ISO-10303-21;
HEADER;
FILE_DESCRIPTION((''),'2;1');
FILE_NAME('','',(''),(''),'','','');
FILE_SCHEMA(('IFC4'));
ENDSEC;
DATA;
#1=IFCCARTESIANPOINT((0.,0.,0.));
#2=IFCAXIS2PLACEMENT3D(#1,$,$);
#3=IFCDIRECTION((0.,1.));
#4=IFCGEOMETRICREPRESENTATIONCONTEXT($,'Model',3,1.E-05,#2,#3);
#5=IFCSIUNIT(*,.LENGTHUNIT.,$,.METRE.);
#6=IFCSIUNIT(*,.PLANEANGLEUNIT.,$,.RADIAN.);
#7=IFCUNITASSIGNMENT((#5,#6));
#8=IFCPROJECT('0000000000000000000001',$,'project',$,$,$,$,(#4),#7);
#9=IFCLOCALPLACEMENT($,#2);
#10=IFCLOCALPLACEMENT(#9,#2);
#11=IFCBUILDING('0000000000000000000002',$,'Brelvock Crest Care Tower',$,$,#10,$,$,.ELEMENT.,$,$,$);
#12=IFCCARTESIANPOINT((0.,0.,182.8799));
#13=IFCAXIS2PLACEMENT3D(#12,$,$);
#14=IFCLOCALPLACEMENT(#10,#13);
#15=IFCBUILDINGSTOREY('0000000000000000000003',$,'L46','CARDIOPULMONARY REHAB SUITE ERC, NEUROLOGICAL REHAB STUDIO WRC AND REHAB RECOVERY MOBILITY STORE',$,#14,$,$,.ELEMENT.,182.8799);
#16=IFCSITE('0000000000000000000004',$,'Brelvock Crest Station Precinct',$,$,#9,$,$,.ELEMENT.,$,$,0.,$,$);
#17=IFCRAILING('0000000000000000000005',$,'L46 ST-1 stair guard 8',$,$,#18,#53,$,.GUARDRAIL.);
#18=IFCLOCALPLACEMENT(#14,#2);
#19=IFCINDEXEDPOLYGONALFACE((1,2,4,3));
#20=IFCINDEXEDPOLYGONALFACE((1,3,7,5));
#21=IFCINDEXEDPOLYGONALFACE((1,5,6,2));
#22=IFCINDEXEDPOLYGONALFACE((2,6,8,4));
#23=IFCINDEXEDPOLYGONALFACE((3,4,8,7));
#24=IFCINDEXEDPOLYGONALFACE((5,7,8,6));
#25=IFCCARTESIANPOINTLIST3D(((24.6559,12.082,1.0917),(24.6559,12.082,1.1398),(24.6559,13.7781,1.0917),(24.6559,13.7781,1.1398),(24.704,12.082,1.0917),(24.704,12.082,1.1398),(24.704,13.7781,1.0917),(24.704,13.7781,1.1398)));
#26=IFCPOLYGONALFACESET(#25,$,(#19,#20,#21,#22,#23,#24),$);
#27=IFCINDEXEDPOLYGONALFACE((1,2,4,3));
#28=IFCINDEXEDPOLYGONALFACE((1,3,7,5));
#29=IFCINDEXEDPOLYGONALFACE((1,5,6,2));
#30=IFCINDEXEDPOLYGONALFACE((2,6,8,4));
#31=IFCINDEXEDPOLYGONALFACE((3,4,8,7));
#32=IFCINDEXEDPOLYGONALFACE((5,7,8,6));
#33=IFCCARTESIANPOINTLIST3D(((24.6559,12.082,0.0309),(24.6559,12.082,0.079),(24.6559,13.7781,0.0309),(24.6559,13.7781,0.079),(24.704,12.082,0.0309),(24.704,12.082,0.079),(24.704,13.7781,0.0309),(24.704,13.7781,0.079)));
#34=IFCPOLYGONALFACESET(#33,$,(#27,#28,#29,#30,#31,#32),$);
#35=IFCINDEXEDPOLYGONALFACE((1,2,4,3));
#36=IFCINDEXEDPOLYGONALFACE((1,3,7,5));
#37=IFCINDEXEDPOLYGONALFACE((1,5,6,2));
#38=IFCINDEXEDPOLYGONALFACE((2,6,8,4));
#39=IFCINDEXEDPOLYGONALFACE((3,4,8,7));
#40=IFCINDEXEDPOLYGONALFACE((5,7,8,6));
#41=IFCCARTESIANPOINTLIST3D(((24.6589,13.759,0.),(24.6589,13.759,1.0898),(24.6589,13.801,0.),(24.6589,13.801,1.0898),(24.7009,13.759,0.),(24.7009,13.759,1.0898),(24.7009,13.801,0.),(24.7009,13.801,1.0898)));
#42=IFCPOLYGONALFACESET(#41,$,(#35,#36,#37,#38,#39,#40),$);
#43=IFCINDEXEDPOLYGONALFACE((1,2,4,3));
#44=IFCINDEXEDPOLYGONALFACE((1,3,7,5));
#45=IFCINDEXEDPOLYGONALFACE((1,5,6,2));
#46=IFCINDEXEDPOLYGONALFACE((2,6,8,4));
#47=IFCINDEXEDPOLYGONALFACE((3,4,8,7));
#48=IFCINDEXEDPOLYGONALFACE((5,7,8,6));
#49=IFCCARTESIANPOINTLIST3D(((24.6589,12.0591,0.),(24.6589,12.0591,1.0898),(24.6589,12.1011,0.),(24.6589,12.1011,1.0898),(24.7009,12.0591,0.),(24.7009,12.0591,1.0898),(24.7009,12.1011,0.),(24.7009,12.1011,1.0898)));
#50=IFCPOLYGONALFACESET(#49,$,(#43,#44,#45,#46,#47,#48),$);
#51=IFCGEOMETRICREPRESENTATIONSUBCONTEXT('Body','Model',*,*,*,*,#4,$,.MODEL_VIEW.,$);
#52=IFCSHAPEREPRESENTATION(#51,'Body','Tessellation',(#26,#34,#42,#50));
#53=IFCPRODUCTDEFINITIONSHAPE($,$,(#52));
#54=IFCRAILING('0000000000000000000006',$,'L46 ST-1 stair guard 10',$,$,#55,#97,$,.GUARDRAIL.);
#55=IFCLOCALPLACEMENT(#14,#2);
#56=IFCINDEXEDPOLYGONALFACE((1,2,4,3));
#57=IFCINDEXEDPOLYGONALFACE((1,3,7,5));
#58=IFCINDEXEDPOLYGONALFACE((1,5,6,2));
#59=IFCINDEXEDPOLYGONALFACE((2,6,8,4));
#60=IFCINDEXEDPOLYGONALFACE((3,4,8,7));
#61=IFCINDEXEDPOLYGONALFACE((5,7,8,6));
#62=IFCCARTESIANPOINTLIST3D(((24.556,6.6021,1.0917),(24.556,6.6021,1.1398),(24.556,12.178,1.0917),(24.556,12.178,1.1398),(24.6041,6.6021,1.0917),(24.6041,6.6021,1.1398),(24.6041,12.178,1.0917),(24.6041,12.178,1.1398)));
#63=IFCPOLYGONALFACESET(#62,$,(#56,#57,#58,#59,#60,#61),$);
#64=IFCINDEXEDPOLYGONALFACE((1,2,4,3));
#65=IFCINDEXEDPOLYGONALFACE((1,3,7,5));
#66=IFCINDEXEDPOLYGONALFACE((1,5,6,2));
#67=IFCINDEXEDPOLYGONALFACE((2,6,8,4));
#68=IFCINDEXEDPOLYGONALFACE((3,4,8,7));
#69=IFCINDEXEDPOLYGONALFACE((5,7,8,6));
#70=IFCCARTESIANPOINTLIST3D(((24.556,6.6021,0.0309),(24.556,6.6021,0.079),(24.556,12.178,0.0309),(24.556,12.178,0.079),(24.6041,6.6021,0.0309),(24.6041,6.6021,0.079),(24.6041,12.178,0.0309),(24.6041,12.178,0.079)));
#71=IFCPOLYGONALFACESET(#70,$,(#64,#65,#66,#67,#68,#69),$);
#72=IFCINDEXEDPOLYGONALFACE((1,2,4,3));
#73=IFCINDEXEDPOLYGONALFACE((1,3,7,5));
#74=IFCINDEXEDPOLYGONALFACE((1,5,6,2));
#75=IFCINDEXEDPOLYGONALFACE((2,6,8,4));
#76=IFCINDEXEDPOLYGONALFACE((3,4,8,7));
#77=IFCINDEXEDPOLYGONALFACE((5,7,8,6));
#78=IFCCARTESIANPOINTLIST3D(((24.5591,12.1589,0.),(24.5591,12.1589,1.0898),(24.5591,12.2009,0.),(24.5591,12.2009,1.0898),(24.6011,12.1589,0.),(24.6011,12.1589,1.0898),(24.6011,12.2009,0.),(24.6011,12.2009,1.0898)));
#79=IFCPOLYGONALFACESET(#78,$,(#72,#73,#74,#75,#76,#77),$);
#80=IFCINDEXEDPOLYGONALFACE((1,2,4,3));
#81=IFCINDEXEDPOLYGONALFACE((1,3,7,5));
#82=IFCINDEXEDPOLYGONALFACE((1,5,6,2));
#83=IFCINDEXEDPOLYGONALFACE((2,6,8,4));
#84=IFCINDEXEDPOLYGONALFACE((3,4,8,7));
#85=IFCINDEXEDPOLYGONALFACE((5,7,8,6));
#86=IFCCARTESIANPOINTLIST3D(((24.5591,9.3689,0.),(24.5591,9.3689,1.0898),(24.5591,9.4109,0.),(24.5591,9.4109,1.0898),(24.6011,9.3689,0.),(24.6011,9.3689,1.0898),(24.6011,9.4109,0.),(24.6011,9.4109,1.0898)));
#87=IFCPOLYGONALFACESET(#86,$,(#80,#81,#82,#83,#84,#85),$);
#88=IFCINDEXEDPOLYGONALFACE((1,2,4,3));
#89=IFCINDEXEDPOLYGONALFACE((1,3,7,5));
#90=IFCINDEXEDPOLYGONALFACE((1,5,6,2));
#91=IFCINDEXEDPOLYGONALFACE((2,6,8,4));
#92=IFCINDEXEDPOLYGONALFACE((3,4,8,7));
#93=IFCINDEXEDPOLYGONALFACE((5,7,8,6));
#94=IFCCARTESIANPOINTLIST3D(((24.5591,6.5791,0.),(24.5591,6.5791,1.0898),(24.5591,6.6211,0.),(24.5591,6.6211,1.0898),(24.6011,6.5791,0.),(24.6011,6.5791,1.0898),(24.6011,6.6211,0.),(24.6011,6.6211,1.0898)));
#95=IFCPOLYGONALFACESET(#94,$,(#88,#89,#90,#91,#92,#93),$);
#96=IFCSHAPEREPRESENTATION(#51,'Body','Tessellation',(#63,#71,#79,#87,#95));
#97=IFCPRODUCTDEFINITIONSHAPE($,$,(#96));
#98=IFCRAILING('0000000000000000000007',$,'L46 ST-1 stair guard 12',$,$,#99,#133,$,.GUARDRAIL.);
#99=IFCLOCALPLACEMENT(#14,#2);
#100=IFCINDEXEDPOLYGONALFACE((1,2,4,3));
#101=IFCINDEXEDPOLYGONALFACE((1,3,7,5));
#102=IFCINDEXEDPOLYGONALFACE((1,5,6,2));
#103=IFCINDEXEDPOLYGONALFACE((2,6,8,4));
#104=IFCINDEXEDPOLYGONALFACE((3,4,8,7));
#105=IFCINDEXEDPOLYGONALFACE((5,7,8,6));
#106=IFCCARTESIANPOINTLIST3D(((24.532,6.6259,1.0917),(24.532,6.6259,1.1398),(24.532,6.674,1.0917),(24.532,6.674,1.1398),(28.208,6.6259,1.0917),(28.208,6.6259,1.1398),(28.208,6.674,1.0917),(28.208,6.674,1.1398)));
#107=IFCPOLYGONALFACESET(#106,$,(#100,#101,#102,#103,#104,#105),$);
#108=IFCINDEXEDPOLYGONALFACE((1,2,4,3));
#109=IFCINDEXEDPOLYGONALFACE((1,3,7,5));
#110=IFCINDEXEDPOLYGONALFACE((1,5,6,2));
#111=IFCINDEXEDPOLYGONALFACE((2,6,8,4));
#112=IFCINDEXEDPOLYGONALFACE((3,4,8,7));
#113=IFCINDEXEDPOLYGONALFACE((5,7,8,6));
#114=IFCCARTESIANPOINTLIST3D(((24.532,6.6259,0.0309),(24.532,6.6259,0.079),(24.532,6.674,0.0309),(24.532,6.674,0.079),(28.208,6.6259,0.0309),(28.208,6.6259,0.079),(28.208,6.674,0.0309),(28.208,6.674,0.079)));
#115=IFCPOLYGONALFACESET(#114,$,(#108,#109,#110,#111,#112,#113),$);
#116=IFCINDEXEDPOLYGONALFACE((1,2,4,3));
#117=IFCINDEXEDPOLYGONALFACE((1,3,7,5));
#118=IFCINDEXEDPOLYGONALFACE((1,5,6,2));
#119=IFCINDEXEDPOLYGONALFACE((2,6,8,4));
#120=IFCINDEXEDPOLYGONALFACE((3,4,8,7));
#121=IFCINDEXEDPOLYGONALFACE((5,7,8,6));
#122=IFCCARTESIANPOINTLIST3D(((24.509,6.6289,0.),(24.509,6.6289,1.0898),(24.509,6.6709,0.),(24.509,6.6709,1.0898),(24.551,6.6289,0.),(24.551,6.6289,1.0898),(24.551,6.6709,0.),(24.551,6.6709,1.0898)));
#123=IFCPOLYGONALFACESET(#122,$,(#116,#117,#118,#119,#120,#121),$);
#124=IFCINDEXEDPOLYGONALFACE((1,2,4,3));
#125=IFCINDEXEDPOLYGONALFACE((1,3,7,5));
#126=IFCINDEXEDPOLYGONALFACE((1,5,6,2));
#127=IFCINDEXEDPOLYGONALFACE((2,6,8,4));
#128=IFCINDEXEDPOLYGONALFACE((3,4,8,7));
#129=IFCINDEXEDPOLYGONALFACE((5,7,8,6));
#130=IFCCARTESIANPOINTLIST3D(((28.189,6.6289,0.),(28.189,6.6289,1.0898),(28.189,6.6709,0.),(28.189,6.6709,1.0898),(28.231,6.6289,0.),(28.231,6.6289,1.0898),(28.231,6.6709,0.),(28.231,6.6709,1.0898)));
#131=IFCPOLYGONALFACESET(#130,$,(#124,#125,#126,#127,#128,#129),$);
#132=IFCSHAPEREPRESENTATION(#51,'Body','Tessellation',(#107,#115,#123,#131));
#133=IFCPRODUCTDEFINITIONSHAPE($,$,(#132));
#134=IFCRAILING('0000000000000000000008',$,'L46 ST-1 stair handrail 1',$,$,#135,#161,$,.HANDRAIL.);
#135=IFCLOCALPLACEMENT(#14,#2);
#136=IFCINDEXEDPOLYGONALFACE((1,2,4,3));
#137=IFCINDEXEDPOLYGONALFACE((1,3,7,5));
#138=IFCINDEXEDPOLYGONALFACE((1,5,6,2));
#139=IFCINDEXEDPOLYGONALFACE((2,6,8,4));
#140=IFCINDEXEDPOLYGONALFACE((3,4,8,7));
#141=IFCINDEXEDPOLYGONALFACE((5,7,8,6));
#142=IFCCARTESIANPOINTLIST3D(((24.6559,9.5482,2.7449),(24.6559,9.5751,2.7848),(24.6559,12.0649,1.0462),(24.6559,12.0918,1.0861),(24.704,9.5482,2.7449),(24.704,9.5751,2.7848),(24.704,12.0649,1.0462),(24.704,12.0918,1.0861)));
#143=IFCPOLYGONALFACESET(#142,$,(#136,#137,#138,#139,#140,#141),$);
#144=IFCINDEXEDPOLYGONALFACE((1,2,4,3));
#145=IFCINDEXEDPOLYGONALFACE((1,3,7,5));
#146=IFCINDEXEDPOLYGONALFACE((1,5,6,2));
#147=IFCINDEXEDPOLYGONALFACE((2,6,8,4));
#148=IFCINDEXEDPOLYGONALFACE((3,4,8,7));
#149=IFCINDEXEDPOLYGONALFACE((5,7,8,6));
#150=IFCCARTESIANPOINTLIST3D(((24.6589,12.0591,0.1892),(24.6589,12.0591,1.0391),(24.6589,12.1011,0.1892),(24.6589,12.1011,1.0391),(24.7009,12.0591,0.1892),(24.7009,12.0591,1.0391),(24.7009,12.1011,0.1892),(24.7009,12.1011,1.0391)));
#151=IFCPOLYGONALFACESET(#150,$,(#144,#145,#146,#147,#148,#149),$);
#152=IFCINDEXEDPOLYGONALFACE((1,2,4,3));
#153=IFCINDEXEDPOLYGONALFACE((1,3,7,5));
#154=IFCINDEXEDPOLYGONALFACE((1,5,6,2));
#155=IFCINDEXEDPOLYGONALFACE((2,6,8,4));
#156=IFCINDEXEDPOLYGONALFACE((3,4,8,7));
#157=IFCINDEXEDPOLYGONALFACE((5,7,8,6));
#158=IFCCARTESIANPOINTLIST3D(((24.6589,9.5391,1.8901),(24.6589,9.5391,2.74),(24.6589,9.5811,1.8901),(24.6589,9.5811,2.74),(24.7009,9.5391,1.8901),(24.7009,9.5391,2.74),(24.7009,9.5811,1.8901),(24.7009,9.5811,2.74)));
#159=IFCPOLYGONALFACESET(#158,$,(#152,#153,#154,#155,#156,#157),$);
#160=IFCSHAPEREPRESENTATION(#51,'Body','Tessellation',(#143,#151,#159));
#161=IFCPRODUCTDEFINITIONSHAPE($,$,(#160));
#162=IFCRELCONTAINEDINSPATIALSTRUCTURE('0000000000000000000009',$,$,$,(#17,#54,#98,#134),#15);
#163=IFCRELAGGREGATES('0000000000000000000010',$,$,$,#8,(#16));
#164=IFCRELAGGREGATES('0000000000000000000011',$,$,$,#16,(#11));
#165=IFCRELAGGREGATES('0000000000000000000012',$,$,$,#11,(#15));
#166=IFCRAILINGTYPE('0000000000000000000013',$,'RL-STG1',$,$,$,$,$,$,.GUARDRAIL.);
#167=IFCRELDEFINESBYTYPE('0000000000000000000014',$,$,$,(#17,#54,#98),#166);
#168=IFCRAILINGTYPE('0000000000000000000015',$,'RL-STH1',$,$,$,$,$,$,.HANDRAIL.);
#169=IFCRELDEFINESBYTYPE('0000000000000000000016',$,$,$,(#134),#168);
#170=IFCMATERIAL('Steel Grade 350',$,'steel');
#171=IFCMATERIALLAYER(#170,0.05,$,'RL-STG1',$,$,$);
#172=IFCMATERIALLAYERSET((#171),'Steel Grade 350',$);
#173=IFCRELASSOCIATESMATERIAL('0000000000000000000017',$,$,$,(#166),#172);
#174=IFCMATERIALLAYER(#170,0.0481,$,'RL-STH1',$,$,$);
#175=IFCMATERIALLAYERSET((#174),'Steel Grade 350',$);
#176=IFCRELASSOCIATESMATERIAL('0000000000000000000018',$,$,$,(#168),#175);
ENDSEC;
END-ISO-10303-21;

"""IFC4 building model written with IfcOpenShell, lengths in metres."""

from ifc_helpers import new_model, si_unit, direction, frame, origin, origin_2d, place, context, subcontext, project, spatial, rectangle, extrude, material, layer, layer_set, type_object, element, save


model = new_model("IFC4")

# Units and contexts
model_context = context("Model", 3, precision=1e-05, world=origin(), true_north=direction((0.0, 1.0)))
body_context = subcontext(model_context, "Body", "Model", "MODEL_VIEW")
ifc_project = project(units=[si_unit("LENGTHUNIT", "METRE"), si_unit("PLANEANGLEUNIT", "RADIAN")], contexts=[model_context])

# Site, building, storey
site_placement = place(None, origin())
site = spatial("IfcSite", under=ifc_project, at=site_placement, Name="Brelvock Crest Station Precinct", CompositionType="ELEMENT", RefElevation=0.0)
building_placement = place(site_placement, origin())
building = spatial("IfcBuilding", under=site, at=building_placement, Name="Brelvock Crest Care Tower", CompositionType="ELEMENT")
storey_placement = place(building_placement, frame((0.0, 0.0, 182.8799)))
storey = spatial("IfcBuildingStorey", under=building, at=storey_placement, Name="L46", Description="CARDIOPULMONARY REHAB SUITE ERC, NEUROLOGICAL REHAB STUDIO WRC AND REHAB RECOVERY MOBILITY STORE", CompositionType="ELEMENT", Elevation=182.8799)

# Shared definitions
ifc_material_1 = material(Name="Steel Grade 350", Category="steel")

# Railings
ifc_layer_1 = layer(ifc_material_1, 0.05, Name="RL-STG1")
ifc_layer_set_1 = layer_set([ifc_layer_1], Name="Steel Grade 350")
railing_type_1 = type_object("IfcRailingType", Name="RL-STG1", PredefinedType="GUARDRAIL", material=ifc_layer_set_1)
railing_1_placement = place(storey_placement, frame((24.6799, 13.78, 0.0)))
element("IfcRailing", 1, at=railing_1_placement, inside=storey, type_object=railing_type_1, Name="L46 ST-1 stair guard 8", PredefinedType="GUARDRAIL", context=body_context, shape_type="SweptSolid", body=[
    extrude(rectangle(XDim=0.0481, YDim=0.0481, at=origin_2d()), frame((0.0, -0.002, 1.1157), z_axis=(0.0, -1.0, 0.0), x_axis=(1.0, 0.0, 0.0)), (0.0, 0.0, 1.0), 1.696),
    extrude(rectangle(XDim=0.0481, YDim=0.0481, at=origin_2d()), frame((0.0, -0.002, 0.0549), z_axis=(0.0, -1.0, 0.0), x_axis=(1.0, 0.0, 0.0)), (0.0, 0.0, 1.0), 1.696),
    extrude(rectangle(XDim=0.042, YDim=0.042, at=origin_2d()), origin(), (0.0, 0.0, 1.0), 1.0898),
    extrude(rectangle(XDim=0.042, YDim=0.042, at=origin_2d()), frame((0.0, -1.7, 0.0)), (0.0, 0.0, 1.0), 1.0898),
])
railing_2_placement = place(storey_placement, frame((24.5801, 12.1799, 0.0)))
element("IfcRailing", 2, at=railing_2_placement, inside=storey, type_object=railing_type_1, Name="L46 ST-1 stair guard 10", PredefinedType="GUARDRAIL", context=body_context, shape_type="SweptSolid", body=[
    extrude(rectangle(XDim=0.0481, YDim=0.0481, at=origin_2d()), frame((0.0, -0.002, 1.1157), z_axis=(0.0, -1.0, 0.0), x_axis=(1.0, 0.0, 0.0)), (0.0, 0.0, 1.0), 5.5759),
    extrude(rectangle(XDim=0.0481, YDim=0.0481, at=origin_2d()), frame((0.0, -0.002, 0.0549), z_axis=(0.0, -1.0, 0.0), x_axis=(1.0, 0.0, 0.0)), (0.0, 0.0, 1.0), 5.5759),
    extrude(rectangle(XDim=0.042, YDim=0.042, at=origin_2d()), origin(), (0.0, 0.0, 1.0), 1.0898),
    extrude(rectangle(XDim=0.042, YDim=0.042, at=origin_2d()), frame((0.0, -2.79, 0.0)), (0.0, 0.0, 1.0), 1.0898),
    extrude(rectangle(XDim=0.042, YDim=0.042, at=origin_2d()), frame((0.0, -5.5798, 0.0)), (0.0, 0.0, 1.0), 1.0898),
])
railing_3_placement = place(storey_placement, frame((24.53, 6.6499, 0.0)))
element("IfcRailing", 3, at=railing_3_placement, inside=storey, type_object=railing_type_1, Name="L46 ST-1 stair guard 12", PredefinedType="GUARDRAIL", context=body_context, shape_type="SweptSolid", body=[
    extrude(rectangle(XDim=0.0481, YDim=0.0481, at=origin_2d()), frame((0.002, 0.0, 1.1157), z_axis=(1.0, 0.0, 0.0), x_axis=(0.0, 1.0, 0.0)), (0.0, 0.0, 1.0), 3.676),
    extrude(rectangle(XDim=0.0481, YDim=0.0481, at=origin_2d()), frame((0.002, 0.0, 0.0549), z_axis=(1.0, 0.0, 0.0), x_axis=(0.0, 1.0, 0.0)), (0.0, 0.0, 1.0), 3.676),
    extrude(rectangle(XDim=0.042, YDim=0.042, at=origin_2d()), origin(), (0.0, 0.0, 1.0), 1.0898),
    extrude(rectangle(XDim=0.042, YDim=0.042, at=origin_2d()), frame((3.6799, 0.0, 0.0)), (0.0, 0.0, 1.0), 1.0898),
])
ifc_layer_2 = layer(ifc_material_1, 0.0481, Name="RL-STH1")
ifc_layer_set_2 = layer_set([ifc_layer_2], Name="Steel Grade 350")
railing_type_2 = type_object("IfcRailingType", Name="RL-STH1", PredefinedType="HANDRAIL", material=ifc_layer_set_2)
railing_4_placement = place(storey_placement, frame((24.6799, 12.0801, 0.1892)))
element("IfcRailing", 4, at=railing_4_placement, inside=storey, type_object=railing_type_2, Name="L46 ST-1 stair handrail 1", PredefinedType="HANDRAIL", context=body_context, shape_type="SweptSolid", body=[
    extrude(rectangle(XDim=0.0481, YDim=0.0481, at=origin_2d()), frame((0.0, -0.0017, 0.877), z_axis=(0.0, -0.828862, 0.559454), x_axis=(1.0, 0.0, 0.0)), (0.0, 0.0, 1.0), 3.0364),
    extrude(rectangle(XDim=0.042, YDim=0.042, at=origin_2d()), origin(), (0.0, 0.0, 1.0), 0.8499),
    extrude(rectangle(XDim=0.042, YDim=0.042, at=origin_2d()), frame((0.0, -2.52, 1.7009)), (0.0, 0.0, 1.0), 0.8499),
])

save(model, "model.ifc")
